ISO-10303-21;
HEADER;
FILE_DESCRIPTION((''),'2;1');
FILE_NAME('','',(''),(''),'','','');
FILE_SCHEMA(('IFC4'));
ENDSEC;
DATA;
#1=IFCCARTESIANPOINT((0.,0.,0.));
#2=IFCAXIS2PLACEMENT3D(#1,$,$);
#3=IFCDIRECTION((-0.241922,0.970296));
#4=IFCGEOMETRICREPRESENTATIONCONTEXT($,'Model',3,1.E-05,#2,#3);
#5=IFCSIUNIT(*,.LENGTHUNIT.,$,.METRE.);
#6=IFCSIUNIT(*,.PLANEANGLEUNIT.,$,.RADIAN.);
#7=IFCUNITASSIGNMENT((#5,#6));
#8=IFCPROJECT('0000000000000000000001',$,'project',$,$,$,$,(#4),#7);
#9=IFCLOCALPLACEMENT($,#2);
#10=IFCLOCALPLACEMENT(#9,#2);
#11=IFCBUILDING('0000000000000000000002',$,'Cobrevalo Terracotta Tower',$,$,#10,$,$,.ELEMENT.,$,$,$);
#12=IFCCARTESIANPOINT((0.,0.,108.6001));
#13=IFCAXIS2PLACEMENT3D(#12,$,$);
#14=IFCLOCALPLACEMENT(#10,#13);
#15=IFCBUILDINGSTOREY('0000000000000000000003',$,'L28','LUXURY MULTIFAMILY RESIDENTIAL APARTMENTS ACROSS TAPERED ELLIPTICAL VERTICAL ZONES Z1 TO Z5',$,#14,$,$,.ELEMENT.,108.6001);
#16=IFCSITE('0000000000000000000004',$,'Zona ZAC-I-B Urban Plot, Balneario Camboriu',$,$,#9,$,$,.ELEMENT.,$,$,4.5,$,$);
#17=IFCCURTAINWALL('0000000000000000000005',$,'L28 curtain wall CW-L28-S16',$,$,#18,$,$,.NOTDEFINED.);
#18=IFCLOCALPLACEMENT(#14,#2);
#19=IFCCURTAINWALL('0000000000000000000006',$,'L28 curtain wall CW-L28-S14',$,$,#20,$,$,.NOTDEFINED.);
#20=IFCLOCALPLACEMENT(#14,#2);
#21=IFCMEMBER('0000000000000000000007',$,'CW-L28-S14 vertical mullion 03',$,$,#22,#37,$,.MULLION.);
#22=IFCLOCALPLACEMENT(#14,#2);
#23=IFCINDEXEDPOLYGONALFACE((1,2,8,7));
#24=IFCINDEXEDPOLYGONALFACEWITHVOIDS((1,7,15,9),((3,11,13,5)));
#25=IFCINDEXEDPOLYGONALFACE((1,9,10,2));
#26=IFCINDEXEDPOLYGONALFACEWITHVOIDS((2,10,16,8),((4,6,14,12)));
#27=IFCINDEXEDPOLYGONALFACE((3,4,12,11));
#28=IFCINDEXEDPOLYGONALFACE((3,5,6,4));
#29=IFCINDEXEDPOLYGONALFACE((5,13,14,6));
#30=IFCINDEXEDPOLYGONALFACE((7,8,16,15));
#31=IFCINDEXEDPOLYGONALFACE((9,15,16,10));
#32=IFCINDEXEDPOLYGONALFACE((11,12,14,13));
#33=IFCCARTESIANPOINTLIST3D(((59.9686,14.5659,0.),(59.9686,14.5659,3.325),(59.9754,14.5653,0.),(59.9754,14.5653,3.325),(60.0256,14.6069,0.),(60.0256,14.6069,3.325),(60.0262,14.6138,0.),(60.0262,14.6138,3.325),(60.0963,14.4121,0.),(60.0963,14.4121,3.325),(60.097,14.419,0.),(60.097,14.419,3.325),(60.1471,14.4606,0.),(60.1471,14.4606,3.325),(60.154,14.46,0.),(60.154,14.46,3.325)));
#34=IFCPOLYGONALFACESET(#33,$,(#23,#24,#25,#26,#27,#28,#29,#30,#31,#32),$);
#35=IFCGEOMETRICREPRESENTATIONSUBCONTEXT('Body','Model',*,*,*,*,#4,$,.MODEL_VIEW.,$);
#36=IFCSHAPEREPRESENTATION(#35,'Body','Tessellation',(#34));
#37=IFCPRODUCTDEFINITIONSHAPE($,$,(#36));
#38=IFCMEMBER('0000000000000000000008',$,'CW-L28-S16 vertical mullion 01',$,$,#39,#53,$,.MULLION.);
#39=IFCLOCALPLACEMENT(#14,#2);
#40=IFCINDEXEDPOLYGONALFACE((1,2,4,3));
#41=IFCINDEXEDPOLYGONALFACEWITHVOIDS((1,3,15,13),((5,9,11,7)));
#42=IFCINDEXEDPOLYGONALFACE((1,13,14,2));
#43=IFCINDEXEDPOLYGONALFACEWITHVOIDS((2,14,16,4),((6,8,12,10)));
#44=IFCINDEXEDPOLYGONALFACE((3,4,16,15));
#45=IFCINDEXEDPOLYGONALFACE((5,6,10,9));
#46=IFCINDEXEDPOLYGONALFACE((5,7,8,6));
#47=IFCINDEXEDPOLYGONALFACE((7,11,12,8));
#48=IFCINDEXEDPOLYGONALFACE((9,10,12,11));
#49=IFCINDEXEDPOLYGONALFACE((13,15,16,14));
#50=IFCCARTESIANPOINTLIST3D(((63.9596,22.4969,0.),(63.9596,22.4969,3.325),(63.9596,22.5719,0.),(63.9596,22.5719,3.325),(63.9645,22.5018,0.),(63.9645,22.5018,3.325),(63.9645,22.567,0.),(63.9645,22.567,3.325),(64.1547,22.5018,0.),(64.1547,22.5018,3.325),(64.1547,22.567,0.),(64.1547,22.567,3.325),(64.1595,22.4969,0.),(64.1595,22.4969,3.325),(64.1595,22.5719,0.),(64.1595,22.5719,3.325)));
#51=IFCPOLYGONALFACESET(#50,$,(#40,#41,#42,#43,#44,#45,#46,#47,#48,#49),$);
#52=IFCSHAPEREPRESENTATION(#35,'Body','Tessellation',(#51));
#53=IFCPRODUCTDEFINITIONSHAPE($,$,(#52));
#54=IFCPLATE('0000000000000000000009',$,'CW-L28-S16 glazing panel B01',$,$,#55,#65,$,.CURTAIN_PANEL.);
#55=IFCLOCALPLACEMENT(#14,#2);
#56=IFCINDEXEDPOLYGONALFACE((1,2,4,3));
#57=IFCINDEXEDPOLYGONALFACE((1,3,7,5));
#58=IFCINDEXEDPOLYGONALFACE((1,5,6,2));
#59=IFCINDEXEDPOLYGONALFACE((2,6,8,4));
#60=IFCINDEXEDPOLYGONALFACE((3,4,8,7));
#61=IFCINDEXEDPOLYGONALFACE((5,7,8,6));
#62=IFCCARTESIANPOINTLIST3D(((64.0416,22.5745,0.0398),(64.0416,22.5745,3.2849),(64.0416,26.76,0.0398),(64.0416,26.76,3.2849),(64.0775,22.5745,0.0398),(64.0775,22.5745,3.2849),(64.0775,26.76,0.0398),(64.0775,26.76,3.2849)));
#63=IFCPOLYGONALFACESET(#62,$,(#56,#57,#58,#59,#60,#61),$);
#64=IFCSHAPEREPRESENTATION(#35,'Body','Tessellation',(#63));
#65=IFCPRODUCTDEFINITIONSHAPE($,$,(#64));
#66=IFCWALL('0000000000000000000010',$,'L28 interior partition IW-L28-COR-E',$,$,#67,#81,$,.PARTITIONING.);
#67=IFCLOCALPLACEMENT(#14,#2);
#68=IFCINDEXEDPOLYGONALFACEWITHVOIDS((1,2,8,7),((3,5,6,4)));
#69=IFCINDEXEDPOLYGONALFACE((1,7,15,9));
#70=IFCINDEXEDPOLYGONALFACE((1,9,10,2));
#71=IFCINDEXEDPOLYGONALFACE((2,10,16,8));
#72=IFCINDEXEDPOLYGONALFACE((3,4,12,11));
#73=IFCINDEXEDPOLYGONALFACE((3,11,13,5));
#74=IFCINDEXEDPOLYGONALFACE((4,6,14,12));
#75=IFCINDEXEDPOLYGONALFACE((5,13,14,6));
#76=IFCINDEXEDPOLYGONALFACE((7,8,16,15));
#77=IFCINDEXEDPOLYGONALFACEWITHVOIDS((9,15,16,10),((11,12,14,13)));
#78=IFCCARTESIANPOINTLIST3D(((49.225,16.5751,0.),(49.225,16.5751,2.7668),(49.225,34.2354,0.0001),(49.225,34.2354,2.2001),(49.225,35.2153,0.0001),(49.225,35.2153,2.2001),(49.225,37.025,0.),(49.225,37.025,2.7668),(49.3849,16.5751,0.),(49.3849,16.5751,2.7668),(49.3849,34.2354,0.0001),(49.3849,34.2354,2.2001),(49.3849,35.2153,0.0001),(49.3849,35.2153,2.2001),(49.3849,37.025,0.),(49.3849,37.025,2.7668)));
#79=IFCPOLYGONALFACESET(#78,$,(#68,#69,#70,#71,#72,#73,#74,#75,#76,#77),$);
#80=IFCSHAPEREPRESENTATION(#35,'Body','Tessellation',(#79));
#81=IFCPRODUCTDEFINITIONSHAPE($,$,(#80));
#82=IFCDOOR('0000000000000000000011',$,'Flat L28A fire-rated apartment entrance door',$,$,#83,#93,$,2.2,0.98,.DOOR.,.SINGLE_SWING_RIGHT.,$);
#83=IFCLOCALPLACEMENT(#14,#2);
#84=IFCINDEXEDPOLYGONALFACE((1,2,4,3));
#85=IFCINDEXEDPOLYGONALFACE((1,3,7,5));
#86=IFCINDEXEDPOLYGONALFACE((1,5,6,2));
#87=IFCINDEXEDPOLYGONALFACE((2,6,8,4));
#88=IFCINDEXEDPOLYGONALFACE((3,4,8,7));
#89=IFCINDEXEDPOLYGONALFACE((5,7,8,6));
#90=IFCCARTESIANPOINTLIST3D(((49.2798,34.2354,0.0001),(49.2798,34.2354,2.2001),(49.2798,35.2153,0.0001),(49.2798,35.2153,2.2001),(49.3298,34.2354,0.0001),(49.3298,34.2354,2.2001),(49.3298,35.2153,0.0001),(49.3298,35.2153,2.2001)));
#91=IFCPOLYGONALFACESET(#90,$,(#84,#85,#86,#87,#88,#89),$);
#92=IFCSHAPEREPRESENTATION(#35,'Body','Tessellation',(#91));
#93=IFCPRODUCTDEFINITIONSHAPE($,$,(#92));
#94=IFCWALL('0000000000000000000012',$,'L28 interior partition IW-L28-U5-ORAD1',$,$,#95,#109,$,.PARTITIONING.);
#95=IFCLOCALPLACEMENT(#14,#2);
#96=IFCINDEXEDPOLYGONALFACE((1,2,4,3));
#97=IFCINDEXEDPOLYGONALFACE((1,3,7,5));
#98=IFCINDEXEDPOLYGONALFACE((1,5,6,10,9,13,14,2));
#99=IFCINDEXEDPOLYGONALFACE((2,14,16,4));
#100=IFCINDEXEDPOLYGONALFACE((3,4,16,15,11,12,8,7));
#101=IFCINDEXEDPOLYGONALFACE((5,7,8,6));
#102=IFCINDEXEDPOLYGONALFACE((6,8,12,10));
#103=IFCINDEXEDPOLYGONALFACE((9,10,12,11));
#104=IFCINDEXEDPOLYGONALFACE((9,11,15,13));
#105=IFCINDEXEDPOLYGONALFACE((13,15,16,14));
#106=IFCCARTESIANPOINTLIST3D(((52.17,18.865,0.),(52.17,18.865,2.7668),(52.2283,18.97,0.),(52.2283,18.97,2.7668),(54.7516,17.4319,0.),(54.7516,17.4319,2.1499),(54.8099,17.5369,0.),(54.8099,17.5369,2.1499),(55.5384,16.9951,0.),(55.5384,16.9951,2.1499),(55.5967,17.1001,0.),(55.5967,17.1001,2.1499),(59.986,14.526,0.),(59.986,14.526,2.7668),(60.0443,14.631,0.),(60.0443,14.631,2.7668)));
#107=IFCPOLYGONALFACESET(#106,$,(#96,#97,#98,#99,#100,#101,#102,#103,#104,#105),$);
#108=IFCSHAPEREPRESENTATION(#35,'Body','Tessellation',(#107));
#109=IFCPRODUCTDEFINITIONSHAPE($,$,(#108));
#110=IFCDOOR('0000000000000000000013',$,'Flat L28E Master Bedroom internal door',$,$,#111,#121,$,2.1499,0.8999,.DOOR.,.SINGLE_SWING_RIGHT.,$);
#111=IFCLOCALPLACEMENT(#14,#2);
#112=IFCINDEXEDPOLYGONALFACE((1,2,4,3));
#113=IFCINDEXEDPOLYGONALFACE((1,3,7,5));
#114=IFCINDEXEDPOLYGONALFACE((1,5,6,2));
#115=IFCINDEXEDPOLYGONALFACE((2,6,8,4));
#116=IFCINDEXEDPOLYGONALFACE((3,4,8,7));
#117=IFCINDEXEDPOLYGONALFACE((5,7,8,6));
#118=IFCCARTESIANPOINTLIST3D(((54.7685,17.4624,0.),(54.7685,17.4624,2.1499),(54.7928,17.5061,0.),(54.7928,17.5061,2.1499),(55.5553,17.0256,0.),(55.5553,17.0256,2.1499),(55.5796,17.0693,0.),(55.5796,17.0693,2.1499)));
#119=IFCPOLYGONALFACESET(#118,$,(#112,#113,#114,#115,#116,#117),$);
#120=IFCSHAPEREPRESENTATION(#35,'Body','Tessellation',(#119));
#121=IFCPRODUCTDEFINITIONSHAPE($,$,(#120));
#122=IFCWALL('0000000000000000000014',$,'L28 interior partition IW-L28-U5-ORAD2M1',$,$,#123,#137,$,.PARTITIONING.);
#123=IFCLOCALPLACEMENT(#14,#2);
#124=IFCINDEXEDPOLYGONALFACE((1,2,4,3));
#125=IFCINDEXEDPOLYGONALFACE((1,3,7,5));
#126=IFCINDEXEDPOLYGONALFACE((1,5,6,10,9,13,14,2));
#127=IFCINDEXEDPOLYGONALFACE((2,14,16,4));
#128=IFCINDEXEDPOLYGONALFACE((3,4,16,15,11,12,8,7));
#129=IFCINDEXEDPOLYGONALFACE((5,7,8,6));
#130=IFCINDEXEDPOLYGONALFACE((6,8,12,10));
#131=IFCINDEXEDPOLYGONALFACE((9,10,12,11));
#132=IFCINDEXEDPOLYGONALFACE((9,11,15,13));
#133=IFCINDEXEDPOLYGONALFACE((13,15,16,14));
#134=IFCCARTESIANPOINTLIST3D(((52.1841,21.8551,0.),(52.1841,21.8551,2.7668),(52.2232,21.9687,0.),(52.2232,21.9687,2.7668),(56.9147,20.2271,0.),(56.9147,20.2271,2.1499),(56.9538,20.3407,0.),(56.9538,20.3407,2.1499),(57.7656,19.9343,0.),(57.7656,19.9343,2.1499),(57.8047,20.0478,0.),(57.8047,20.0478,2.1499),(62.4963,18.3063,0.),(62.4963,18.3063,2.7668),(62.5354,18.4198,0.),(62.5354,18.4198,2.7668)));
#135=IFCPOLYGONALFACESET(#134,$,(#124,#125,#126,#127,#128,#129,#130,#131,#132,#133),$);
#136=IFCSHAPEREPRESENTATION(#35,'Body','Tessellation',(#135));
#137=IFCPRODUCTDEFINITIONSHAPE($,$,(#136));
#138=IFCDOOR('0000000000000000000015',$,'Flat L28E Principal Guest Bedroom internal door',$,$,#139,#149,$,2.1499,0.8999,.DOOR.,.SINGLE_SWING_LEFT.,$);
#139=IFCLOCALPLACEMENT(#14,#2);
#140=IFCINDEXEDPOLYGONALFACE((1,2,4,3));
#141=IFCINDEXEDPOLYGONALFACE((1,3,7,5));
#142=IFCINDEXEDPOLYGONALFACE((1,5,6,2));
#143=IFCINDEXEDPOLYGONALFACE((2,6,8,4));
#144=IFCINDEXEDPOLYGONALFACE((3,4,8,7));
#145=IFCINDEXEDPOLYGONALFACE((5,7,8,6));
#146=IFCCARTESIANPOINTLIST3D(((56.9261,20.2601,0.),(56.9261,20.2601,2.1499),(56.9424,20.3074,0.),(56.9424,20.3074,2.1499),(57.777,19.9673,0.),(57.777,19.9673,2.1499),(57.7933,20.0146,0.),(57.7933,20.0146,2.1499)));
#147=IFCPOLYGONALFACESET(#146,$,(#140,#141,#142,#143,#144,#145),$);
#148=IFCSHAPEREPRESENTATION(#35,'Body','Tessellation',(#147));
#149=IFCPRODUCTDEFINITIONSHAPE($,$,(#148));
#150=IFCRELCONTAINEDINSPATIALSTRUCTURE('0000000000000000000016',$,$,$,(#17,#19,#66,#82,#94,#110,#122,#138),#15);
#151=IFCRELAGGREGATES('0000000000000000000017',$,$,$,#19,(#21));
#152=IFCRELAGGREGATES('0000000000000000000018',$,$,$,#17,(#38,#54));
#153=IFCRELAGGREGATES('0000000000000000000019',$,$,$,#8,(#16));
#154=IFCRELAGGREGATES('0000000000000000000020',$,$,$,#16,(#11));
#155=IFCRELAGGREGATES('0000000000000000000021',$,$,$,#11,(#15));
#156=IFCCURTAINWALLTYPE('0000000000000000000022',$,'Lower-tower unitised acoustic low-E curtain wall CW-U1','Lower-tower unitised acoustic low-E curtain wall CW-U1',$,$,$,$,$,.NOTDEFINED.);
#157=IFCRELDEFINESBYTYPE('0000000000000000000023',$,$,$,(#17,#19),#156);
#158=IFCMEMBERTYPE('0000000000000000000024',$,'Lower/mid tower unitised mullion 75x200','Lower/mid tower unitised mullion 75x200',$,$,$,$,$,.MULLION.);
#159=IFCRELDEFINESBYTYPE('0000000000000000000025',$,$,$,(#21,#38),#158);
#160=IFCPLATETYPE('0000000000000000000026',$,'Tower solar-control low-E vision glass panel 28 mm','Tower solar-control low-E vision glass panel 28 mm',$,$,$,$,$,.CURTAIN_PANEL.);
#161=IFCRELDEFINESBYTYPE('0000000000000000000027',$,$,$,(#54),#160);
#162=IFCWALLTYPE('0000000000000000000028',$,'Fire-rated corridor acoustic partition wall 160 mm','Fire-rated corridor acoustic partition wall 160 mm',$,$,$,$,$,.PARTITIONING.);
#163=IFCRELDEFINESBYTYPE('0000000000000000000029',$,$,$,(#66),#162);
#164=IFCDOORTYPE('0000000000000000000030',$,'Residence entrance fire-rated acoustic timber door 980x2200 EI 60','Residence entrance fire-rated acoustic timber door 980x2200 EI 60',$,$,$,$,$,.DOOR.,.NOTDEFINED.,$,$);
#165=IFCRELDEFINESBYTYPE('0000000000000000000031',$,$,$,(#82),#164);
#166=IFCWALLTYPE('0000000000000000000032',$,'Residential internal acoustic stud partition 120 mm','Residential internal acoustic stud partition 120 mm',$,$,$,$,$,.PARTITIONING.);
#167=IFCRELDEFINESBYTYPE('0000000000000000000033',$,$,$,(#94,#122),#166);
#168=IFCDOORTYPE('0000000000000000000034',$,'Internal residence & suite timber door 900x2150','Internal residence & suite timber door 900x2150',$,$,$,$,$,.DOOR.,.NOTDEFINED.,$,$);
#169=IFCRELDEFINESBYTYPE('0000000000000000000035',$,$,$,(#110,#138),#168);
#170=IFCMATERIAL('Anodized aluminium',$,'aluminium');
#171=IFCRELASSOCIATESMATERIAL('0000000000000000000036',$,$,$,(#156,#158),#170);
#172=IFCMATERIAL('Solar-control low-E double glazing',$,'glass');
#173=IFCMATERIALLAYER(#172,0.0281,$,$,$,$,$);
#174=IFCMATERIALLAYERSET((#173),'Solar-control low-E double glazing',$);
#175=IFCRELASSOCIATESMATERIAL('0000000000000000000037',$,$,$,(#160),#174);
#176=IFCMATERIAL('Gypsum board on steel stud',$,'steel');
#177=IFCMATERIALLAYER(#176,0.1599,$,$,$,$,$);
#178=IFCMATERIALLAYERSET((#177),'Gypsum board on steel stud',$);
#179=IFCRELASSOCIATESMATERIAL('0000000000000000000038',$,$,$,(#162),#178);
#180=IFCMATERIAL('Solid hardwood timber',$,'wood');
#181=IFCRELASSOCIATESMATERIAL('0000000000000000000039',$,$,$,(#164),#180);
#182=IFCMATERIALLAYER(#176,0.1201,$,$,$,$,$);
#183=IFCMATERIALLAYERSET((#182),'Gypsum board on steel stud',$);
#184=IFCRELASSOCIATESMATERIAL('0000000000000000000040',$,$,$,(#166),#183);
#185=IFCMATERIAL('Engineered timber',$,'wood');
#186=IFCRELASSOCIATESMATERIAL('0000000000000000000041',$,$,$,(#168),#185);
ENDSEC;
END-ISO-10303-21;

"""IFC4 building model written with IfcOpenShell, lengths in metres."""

from ifc_helpers import new_model, si_unit, direction, frame, frame_2d, origin, origin_2d, place, context, subcontext, project, spatial, rectangle, hollow_rectangle, extrude, source, transform, mapped, material, layer, layer_set, material_profile, profile_set, type_object, element, fill, aggregate, save


model = new_model("IFC4")

# Units and contexts
model_context = context("Model", 3, precision=1e-05, world=origin(), true_north=direction((-0.241922, 0.970296)))
body_context = subcontext(model_context, "Body", "Model", "MODEL_VIEW")
ifc_project = project(units=[si_unit("LENGTHUNIT", "METRE"), si_unit("PLANEANGLEUNIT", "RADIAN")], contexts=[model_context])

# Site, building, storey
site_placement = place(None, origin())
site = spatial("IfcSite", under=ifc_project, at=site_placement, Name="Zona ZAC-I-B Urban Plot, Balneario Camboriu", CompositionType="ELEMENT", RefElevation=4.5)
building_placement = place(site_placement, origin())
building = spatial("IfcBuilding", under=site, at=building_placement, Name="Cobrevalo Terracotta Tower", CompositionType="ELEMENT")
storey_placement = place(building_placement, frame((0.0, 0.0, 108.6001)))
storey = spatial("IfcBuildingStorey", under=building, at=storey_placement, Name="L28", Description="LUXURY MULTIFAMILY RESIDENTIAL APARTMENTS ACROSS TAPERED ELLIPTICAL VERTICAL ZONES Z1 TO Z5", CompositionType="ELEMENT", Elevation=108.6001)

# Curtain wall
ifc_material_1 = material(Name="Anodized aluminium", Category="aluminium")
curtain_wall_type = type_object("IfcCurtainWallType", Name="Lower-tower unitised acoustic low-E curtain wall CW-U1", Description="Lower-tower unitised acoustic low-E curtain wall CW-U1", PredefinedType="NOTDEFINED", material=ifc_material_1)
curtain_wall_1_placement = place(storey_placement, origin())
curtain_wall_1 = element("IfcCurtainWall", 1, at=curtain_wall_1_placement, inside=storey, type_object=curtain_wall_type, Name="L28 curtain wall CW-L28-S16", PredefinedType="NOTDEFINED")

# Curtain wall, member
curtain_wall_2_placement = place(storey_placement, origin())
curtain_wall_2 = element("IfcCurtainWall", 2, at=curtain_wall_2_placement, inside=storey, type_object=curtain_wall_type, Name="L28 curtain wall CW-L28-S14", PredefinedType="NOTDEFINED")
ifc_material_profile_1 = material_profile(ifc_material_1, hollow_rectangle(XDim=0.075, YDim=0.2, WallThickness=0.0049, at=origin_2d()), Name="CWM 75x200")
ifc_profile_set_1 = profile_set([ifc_material_profile_1], Name="Anodized aluminium")
member_type_1 = type_object("IfcMemberType", Name="Lower/mid tower unitised mullion 75x200", Description="Lower/mid tower unitised mullion 75x200", PredefinedType="MULLION", material=ifc_profile_set_1)
shared_shape_1 = source(origin(), body_context, "Body", "SweptSolid", [
    extrude(hollow_rectangle(XDim=0.075, YDim=0.2, WallThickness=0.0049, at=origin_2d()), origin(), (0.0, 0.0, 1.0), 3.325),
])
member_1_placement = place(storey_placement, frame((60.0613, 14.5129, 0.0), z_axis=(0.0, 0.0, 1.0), x_axis=(0.769243, 0.638956, 0.0)))
member_1 = element("IfcMember", 3, at=member_1_placement, type_object=member_type_1, Name="CW-L28-S14 vertical mullion 03", PredefinedType="MULLION", context=body_context, shape_type="MappedRepresentation", body=[
    mapped(shared_shape_1, transform((0.0, 0.0, 0.0), scale=1.0)),
])
aggregate(curtain_wall_2, [member_1])

# Member
member_2_placement = place(storey_placement, frame((64.0596, 22.5344, 0.0), z_axis=(0.0, 0.0, 1.0), x_axis=(0.0, 1.0, 0.0)))
member_2 = element("IfcMember", 4, at=member_2_placement, type_object=member_type_1, Name="CW-L28-S16 vertical mullion 01", PredefinedType="MULLION", context=body_context, shape_type="MappedRepresentation", body=[
    mapped(shared_shape_1, transform((0.0, 0.0, 0.0), scale=1.0)),
])

# Plate
ifc_material_2 = material(Name="Solar-control low-E double glazing", Category="glass")
ifc_layer_1 = layer(ifc_material_2, 0.0281)
ifc_layer_set_1 = layer_set([ifc_layer_1], Name="Solar-control low-E double glazing")
plate_type = type_object("IfcPlateType", Name="Tower solar-control low-E vision glass panel 28 mm", Description="Tower solar-control low-E vision glass panel 28 mm", PredefinedType="CURTAIN_PANEL", material=ifc_layer_set_1)
shared_shape_2 = source(origin(), body_context, "Body", "SweptSolid", [
    extrude(rectangle(XDim=4.1855, YDim=0.0359, at=origin_2d()), origin(), (0.0, 0.0, 1.0), 3.2451),
])
plate_placement = place(storey_placement, frame((64.0596, 24.6672, 0.0398), z_axis=(0.0, 0.0, 1.0), x_axis=(0.0, 1.0, 0.0)))
plate = element("IfcPlate", 5, at=plate_placement, type_object=plate_type, Name="CW-L28-S16 glazing panel B01", PredefinedType="CURTAIN_PANEL", context=body_context, shape_type="MappedRepresentation", body=[
    mapped(shared_shape_2, transform((0.0, 0.0, 0.0), scale=1.0)),
])
aggregate(curtain_wall_1, [member_2, plate])

# Walls, openings, doors
ifc_material_3 = material(Name="Gypsum board on steel stud", Category="steel")
ifc_layer_2 = layer(ifc_material_3, 0.1599)
ifc_layer_set_2 = layer_set([ifc_layer_2], Name="Gypsum board on steel stud")
wall_type_1 = type_object("IfcWallType", Name="Fire-rated corridor acoustic partition wall 160 mm", Description="Fire-rated corridor acoustic partition wall 160 mm", PredefinedType="PARTITIONING", material=ifc_layer_set_2)
wall_1_placement = place(storey_placement, frame((49.3049, 16.575, 0.0), z_axis=(0.0, 0.0, 1.0), x_axis=(0.0, 1.0, 0.0)))
wall_1 = element("IfcWall", 6, at=wall_1_placement, inside=storey, type_object=wall_type_1, Name="L28 interior partition IW-L28-COR-E", PredefinedType="PARTITIONING", context=body_context, shape_type="SweptSolid", body=[
    extrude(rectangle(XDim=20.45, YDim=0.1599, at=frame_2d((10.2251, 0.0))), origin(), (0.0, 0.0, 1.0), 2.7668),
])
opening_1_placement = place(wall_1_placement, frame((17.6604, 0.0, 0.0)))
opening_1 = element("IfcOpeningElement", 7, at=opening_1_placement, cuts=wall_1, PredefinedType="OPENING", context=body_context, shape_type="SweptSolid", body=[
    extrude(rectangle(XDim=0.98, YDim=2.2, at=frame_2d((0.49, 1.1001))), frame((0.0, 0.0898, 0.0), z_axis=(0.0, -1.0, 0.0), x_axis=(1.0, 0.0, 0.0)), (0.0, 0.0, 1.0), 0.1799),
])
ifc_material_4 = material(Name="Solid hardwood timber", Category="wood")
door_type_1 = type_object("IfcDoorType", Name="Residence entrance fire-rated acoustic timber door 980x2200 EI 60", Description="Residence entrance fire-rated acoustic timber door 980x2200 EI 60", OperationType="NOTDEFINED", PredefinedType="DOOR", material=ifc_material_4)
shared_shape_3 = source(origin(), body_context, "Body", "SweptSolid", [
    extrude(rectangle(XDim=0.98, YDim=2.2, at=frame_2d((0.49, 1.1001))), frame((0.0, 0.0249, 0.0), z_axis=(0.0, -1.0, 0.0), x_axis=(1.0, 0.0, 0.0)), (0.0, 0.0, 1.0), 0.05),
])
door_1_placement = place(opening_1_placement, frame((0.98, 0.0, 0.0), z_axis=(0.0, 0.0, 1.0), x_axis=(-1.0, 0.0, 0.0)))
door_1 = element("IfcDoor", 8, at=door_1_placement, inside=storey, type_object=door_type_1, Name="Flat L28A fire-rated apartment entrance door", OperationType="SINGLE_SWING_RIGHT", OverallHeight=2.2, OverallWidth=0.98, PredefinedType="DOOR", context=body_context, shape_type="MappedRepresentation", body=[
    mapped(shared_shape_3, transform((0.0, 0.0, 0.0), scale=1.0)),
])
fill(opening_1, door_1)
ifc_layer_3 = layer(ifc_material_3, 0.1201)
ifc_layer_set_3 = layer_set([ifc_layer_3], Name="Gypsum board on steel stud")
wall_type_2 = type_object("IfcWallType", Name="Residential internal acoustic stud partition 120 mm", Description="Residential internal acoustic stud partition 120 mm", PredefinedType="PARTITIONING", material=ifc_layer_set_3)
wall_2_placement = place(storey_placement, frame((52.1992, 18.9175, 0.0), z_axis=(0.0, 0.0, 1.0), x_axis=(0.874309, -0.485369, 0.0)))
wall_2 = element("IfcWall", 9, at=wall_2_placement, inside=storey, type_object=wall_type_2, Name="L28 interior partition IW-L28-U5-ORAD1", PredefinedType="PARTITIONING", context=body_context, shape_type="SweptSolid", body=[
    extrude(rectangle(XDim=8.9397, YDim=0.1201, at=frame_2d((4.4697, 0.0))), origin(), (0.0, 0.0, 1.0), 2.7668),
])
opening_2_placement = place(wall_2_placement, frame((2.9526, 0.0, 0.0)))
opening_2 = element("IfcOpeningElement", 10, at=opening_2_placement, cuts=wall_2, PredefinedType="OPENING", context=body_context, shape_type="SweptSolid", body=[
    extrude(rectangle(XDim=0.8999, YDim=2.1499, at=frame_2d((0.45, 1.075))), frame((0.0, 0.0701, 0.0), z_axis=(0.0, -1.0, 0.0), x_axis=(1.0, 0.0, 0.0)), (0.0, 0.0, 1.0), 0.1401),
])
ifc_material_5 = material(Name="Engineered timber", Category="wood")
door_type_2 = type_object("IfcDoorType", Name="Internal residence & suite timber door 900x2150", Description="Internal residence & suite timber door 900x2150", OperationType="NOTDEFINED", PredefinedType="DOOR", material=ifc_material_5)
shared_shape_4 = source(origin(), body_context, "Body", "SweptSolid", [
    extrude(rectangle(XDim=0.8999, YDim=2.1499, at=frame_2d((0.45, 1.075))), frame((0.0, 0.0249, 0.0), z_axis=(0.0, -1.0, 0.0), x_axis=(1.0, 0.0, 0.0)), (0.0, 0.0, 1.0), 0.05),
])
door_2_placement = place(opening_2_placement, origin())
door_2 = element("IfcDoor", 11, at=door_2_placement, inside=storey, type_object=door_type_2, Name="Flat L28E Master Bedroom internal door", OperationType="SINGLE_SWING_RIGHT", OverallHeight=2.1499, OverallWidth=0.8999, PredefinedType="DOOR", context=body_context, shape_type="MappedRepresentation", body=[
    mapped(shared_shape_4, transform((0.0, 0.0, 0.0), scale=1.0)),
])
fill(opening_2, door_2)
wall_3_placement = place(storey_placement, frame((52.2036, 21.9119, 0.0), z_axis=(0.0, 0.0, 1.0), x_axis=(0.945574, -0.325407, 0.0)))
wall_3 = element("IfcWall", 12, at=wall_3_placement, inside=storey, type_object=wall_type_2, Name="L28 interior partition IW-L28-U5-ORAD2M1", PredefinedType="PARTITIONING", context=body_context, shape_type="SweptSolid", body=[
    extrude(rectangle(XDim=10.9058, YDim=0.1201, at=frame_2d((5.4529, 0.0))), origin(), (0.0, 0.0, 1.0), 2.7668),
])
opening_3_placement = place(wall_3_placement, frame((5.0029, 0.0, 0.0)))
opening_3 = element("IfcOpeningElement", 13, at=opening_3_placement, cuts=wall_3, PredefinedType="OPENING", context=body_context, shape_type="SweptSolid", body=[
    extrude(rectangle(XDim=0.8999, YDim=2.1499, at=frame_2d((0.45, 1.075))), frame((0.0, 0.0701, 0.0), z_axis=(0.0, -1.0, 0.0), x_axis=(1.0, 0.0, 0.0)), (0.0, 0.0, 1.0), 0.1401),
])
door_3_placement = place(opening_3_placement, origin())
door_3 = element("IfcDoor", 14, at=door_3_placement, inside=storey, type_object=door_type_2, Name="Flat L28E Principal Guest Bedroom internal door", OperationType="SINGLE_SWING_LEFT", OverallHeight=2.1499, OverallWidth=0.8999, PredefinedType="DOOR", context=body_context, shape_type="MappedRepresentation", body=[
    mapped(shared_shape_4, transform((0.0, 0.0, 0.0), scale=1.0)),
])
fill(opening_3, door_3)

save(model, "model.ifc")
